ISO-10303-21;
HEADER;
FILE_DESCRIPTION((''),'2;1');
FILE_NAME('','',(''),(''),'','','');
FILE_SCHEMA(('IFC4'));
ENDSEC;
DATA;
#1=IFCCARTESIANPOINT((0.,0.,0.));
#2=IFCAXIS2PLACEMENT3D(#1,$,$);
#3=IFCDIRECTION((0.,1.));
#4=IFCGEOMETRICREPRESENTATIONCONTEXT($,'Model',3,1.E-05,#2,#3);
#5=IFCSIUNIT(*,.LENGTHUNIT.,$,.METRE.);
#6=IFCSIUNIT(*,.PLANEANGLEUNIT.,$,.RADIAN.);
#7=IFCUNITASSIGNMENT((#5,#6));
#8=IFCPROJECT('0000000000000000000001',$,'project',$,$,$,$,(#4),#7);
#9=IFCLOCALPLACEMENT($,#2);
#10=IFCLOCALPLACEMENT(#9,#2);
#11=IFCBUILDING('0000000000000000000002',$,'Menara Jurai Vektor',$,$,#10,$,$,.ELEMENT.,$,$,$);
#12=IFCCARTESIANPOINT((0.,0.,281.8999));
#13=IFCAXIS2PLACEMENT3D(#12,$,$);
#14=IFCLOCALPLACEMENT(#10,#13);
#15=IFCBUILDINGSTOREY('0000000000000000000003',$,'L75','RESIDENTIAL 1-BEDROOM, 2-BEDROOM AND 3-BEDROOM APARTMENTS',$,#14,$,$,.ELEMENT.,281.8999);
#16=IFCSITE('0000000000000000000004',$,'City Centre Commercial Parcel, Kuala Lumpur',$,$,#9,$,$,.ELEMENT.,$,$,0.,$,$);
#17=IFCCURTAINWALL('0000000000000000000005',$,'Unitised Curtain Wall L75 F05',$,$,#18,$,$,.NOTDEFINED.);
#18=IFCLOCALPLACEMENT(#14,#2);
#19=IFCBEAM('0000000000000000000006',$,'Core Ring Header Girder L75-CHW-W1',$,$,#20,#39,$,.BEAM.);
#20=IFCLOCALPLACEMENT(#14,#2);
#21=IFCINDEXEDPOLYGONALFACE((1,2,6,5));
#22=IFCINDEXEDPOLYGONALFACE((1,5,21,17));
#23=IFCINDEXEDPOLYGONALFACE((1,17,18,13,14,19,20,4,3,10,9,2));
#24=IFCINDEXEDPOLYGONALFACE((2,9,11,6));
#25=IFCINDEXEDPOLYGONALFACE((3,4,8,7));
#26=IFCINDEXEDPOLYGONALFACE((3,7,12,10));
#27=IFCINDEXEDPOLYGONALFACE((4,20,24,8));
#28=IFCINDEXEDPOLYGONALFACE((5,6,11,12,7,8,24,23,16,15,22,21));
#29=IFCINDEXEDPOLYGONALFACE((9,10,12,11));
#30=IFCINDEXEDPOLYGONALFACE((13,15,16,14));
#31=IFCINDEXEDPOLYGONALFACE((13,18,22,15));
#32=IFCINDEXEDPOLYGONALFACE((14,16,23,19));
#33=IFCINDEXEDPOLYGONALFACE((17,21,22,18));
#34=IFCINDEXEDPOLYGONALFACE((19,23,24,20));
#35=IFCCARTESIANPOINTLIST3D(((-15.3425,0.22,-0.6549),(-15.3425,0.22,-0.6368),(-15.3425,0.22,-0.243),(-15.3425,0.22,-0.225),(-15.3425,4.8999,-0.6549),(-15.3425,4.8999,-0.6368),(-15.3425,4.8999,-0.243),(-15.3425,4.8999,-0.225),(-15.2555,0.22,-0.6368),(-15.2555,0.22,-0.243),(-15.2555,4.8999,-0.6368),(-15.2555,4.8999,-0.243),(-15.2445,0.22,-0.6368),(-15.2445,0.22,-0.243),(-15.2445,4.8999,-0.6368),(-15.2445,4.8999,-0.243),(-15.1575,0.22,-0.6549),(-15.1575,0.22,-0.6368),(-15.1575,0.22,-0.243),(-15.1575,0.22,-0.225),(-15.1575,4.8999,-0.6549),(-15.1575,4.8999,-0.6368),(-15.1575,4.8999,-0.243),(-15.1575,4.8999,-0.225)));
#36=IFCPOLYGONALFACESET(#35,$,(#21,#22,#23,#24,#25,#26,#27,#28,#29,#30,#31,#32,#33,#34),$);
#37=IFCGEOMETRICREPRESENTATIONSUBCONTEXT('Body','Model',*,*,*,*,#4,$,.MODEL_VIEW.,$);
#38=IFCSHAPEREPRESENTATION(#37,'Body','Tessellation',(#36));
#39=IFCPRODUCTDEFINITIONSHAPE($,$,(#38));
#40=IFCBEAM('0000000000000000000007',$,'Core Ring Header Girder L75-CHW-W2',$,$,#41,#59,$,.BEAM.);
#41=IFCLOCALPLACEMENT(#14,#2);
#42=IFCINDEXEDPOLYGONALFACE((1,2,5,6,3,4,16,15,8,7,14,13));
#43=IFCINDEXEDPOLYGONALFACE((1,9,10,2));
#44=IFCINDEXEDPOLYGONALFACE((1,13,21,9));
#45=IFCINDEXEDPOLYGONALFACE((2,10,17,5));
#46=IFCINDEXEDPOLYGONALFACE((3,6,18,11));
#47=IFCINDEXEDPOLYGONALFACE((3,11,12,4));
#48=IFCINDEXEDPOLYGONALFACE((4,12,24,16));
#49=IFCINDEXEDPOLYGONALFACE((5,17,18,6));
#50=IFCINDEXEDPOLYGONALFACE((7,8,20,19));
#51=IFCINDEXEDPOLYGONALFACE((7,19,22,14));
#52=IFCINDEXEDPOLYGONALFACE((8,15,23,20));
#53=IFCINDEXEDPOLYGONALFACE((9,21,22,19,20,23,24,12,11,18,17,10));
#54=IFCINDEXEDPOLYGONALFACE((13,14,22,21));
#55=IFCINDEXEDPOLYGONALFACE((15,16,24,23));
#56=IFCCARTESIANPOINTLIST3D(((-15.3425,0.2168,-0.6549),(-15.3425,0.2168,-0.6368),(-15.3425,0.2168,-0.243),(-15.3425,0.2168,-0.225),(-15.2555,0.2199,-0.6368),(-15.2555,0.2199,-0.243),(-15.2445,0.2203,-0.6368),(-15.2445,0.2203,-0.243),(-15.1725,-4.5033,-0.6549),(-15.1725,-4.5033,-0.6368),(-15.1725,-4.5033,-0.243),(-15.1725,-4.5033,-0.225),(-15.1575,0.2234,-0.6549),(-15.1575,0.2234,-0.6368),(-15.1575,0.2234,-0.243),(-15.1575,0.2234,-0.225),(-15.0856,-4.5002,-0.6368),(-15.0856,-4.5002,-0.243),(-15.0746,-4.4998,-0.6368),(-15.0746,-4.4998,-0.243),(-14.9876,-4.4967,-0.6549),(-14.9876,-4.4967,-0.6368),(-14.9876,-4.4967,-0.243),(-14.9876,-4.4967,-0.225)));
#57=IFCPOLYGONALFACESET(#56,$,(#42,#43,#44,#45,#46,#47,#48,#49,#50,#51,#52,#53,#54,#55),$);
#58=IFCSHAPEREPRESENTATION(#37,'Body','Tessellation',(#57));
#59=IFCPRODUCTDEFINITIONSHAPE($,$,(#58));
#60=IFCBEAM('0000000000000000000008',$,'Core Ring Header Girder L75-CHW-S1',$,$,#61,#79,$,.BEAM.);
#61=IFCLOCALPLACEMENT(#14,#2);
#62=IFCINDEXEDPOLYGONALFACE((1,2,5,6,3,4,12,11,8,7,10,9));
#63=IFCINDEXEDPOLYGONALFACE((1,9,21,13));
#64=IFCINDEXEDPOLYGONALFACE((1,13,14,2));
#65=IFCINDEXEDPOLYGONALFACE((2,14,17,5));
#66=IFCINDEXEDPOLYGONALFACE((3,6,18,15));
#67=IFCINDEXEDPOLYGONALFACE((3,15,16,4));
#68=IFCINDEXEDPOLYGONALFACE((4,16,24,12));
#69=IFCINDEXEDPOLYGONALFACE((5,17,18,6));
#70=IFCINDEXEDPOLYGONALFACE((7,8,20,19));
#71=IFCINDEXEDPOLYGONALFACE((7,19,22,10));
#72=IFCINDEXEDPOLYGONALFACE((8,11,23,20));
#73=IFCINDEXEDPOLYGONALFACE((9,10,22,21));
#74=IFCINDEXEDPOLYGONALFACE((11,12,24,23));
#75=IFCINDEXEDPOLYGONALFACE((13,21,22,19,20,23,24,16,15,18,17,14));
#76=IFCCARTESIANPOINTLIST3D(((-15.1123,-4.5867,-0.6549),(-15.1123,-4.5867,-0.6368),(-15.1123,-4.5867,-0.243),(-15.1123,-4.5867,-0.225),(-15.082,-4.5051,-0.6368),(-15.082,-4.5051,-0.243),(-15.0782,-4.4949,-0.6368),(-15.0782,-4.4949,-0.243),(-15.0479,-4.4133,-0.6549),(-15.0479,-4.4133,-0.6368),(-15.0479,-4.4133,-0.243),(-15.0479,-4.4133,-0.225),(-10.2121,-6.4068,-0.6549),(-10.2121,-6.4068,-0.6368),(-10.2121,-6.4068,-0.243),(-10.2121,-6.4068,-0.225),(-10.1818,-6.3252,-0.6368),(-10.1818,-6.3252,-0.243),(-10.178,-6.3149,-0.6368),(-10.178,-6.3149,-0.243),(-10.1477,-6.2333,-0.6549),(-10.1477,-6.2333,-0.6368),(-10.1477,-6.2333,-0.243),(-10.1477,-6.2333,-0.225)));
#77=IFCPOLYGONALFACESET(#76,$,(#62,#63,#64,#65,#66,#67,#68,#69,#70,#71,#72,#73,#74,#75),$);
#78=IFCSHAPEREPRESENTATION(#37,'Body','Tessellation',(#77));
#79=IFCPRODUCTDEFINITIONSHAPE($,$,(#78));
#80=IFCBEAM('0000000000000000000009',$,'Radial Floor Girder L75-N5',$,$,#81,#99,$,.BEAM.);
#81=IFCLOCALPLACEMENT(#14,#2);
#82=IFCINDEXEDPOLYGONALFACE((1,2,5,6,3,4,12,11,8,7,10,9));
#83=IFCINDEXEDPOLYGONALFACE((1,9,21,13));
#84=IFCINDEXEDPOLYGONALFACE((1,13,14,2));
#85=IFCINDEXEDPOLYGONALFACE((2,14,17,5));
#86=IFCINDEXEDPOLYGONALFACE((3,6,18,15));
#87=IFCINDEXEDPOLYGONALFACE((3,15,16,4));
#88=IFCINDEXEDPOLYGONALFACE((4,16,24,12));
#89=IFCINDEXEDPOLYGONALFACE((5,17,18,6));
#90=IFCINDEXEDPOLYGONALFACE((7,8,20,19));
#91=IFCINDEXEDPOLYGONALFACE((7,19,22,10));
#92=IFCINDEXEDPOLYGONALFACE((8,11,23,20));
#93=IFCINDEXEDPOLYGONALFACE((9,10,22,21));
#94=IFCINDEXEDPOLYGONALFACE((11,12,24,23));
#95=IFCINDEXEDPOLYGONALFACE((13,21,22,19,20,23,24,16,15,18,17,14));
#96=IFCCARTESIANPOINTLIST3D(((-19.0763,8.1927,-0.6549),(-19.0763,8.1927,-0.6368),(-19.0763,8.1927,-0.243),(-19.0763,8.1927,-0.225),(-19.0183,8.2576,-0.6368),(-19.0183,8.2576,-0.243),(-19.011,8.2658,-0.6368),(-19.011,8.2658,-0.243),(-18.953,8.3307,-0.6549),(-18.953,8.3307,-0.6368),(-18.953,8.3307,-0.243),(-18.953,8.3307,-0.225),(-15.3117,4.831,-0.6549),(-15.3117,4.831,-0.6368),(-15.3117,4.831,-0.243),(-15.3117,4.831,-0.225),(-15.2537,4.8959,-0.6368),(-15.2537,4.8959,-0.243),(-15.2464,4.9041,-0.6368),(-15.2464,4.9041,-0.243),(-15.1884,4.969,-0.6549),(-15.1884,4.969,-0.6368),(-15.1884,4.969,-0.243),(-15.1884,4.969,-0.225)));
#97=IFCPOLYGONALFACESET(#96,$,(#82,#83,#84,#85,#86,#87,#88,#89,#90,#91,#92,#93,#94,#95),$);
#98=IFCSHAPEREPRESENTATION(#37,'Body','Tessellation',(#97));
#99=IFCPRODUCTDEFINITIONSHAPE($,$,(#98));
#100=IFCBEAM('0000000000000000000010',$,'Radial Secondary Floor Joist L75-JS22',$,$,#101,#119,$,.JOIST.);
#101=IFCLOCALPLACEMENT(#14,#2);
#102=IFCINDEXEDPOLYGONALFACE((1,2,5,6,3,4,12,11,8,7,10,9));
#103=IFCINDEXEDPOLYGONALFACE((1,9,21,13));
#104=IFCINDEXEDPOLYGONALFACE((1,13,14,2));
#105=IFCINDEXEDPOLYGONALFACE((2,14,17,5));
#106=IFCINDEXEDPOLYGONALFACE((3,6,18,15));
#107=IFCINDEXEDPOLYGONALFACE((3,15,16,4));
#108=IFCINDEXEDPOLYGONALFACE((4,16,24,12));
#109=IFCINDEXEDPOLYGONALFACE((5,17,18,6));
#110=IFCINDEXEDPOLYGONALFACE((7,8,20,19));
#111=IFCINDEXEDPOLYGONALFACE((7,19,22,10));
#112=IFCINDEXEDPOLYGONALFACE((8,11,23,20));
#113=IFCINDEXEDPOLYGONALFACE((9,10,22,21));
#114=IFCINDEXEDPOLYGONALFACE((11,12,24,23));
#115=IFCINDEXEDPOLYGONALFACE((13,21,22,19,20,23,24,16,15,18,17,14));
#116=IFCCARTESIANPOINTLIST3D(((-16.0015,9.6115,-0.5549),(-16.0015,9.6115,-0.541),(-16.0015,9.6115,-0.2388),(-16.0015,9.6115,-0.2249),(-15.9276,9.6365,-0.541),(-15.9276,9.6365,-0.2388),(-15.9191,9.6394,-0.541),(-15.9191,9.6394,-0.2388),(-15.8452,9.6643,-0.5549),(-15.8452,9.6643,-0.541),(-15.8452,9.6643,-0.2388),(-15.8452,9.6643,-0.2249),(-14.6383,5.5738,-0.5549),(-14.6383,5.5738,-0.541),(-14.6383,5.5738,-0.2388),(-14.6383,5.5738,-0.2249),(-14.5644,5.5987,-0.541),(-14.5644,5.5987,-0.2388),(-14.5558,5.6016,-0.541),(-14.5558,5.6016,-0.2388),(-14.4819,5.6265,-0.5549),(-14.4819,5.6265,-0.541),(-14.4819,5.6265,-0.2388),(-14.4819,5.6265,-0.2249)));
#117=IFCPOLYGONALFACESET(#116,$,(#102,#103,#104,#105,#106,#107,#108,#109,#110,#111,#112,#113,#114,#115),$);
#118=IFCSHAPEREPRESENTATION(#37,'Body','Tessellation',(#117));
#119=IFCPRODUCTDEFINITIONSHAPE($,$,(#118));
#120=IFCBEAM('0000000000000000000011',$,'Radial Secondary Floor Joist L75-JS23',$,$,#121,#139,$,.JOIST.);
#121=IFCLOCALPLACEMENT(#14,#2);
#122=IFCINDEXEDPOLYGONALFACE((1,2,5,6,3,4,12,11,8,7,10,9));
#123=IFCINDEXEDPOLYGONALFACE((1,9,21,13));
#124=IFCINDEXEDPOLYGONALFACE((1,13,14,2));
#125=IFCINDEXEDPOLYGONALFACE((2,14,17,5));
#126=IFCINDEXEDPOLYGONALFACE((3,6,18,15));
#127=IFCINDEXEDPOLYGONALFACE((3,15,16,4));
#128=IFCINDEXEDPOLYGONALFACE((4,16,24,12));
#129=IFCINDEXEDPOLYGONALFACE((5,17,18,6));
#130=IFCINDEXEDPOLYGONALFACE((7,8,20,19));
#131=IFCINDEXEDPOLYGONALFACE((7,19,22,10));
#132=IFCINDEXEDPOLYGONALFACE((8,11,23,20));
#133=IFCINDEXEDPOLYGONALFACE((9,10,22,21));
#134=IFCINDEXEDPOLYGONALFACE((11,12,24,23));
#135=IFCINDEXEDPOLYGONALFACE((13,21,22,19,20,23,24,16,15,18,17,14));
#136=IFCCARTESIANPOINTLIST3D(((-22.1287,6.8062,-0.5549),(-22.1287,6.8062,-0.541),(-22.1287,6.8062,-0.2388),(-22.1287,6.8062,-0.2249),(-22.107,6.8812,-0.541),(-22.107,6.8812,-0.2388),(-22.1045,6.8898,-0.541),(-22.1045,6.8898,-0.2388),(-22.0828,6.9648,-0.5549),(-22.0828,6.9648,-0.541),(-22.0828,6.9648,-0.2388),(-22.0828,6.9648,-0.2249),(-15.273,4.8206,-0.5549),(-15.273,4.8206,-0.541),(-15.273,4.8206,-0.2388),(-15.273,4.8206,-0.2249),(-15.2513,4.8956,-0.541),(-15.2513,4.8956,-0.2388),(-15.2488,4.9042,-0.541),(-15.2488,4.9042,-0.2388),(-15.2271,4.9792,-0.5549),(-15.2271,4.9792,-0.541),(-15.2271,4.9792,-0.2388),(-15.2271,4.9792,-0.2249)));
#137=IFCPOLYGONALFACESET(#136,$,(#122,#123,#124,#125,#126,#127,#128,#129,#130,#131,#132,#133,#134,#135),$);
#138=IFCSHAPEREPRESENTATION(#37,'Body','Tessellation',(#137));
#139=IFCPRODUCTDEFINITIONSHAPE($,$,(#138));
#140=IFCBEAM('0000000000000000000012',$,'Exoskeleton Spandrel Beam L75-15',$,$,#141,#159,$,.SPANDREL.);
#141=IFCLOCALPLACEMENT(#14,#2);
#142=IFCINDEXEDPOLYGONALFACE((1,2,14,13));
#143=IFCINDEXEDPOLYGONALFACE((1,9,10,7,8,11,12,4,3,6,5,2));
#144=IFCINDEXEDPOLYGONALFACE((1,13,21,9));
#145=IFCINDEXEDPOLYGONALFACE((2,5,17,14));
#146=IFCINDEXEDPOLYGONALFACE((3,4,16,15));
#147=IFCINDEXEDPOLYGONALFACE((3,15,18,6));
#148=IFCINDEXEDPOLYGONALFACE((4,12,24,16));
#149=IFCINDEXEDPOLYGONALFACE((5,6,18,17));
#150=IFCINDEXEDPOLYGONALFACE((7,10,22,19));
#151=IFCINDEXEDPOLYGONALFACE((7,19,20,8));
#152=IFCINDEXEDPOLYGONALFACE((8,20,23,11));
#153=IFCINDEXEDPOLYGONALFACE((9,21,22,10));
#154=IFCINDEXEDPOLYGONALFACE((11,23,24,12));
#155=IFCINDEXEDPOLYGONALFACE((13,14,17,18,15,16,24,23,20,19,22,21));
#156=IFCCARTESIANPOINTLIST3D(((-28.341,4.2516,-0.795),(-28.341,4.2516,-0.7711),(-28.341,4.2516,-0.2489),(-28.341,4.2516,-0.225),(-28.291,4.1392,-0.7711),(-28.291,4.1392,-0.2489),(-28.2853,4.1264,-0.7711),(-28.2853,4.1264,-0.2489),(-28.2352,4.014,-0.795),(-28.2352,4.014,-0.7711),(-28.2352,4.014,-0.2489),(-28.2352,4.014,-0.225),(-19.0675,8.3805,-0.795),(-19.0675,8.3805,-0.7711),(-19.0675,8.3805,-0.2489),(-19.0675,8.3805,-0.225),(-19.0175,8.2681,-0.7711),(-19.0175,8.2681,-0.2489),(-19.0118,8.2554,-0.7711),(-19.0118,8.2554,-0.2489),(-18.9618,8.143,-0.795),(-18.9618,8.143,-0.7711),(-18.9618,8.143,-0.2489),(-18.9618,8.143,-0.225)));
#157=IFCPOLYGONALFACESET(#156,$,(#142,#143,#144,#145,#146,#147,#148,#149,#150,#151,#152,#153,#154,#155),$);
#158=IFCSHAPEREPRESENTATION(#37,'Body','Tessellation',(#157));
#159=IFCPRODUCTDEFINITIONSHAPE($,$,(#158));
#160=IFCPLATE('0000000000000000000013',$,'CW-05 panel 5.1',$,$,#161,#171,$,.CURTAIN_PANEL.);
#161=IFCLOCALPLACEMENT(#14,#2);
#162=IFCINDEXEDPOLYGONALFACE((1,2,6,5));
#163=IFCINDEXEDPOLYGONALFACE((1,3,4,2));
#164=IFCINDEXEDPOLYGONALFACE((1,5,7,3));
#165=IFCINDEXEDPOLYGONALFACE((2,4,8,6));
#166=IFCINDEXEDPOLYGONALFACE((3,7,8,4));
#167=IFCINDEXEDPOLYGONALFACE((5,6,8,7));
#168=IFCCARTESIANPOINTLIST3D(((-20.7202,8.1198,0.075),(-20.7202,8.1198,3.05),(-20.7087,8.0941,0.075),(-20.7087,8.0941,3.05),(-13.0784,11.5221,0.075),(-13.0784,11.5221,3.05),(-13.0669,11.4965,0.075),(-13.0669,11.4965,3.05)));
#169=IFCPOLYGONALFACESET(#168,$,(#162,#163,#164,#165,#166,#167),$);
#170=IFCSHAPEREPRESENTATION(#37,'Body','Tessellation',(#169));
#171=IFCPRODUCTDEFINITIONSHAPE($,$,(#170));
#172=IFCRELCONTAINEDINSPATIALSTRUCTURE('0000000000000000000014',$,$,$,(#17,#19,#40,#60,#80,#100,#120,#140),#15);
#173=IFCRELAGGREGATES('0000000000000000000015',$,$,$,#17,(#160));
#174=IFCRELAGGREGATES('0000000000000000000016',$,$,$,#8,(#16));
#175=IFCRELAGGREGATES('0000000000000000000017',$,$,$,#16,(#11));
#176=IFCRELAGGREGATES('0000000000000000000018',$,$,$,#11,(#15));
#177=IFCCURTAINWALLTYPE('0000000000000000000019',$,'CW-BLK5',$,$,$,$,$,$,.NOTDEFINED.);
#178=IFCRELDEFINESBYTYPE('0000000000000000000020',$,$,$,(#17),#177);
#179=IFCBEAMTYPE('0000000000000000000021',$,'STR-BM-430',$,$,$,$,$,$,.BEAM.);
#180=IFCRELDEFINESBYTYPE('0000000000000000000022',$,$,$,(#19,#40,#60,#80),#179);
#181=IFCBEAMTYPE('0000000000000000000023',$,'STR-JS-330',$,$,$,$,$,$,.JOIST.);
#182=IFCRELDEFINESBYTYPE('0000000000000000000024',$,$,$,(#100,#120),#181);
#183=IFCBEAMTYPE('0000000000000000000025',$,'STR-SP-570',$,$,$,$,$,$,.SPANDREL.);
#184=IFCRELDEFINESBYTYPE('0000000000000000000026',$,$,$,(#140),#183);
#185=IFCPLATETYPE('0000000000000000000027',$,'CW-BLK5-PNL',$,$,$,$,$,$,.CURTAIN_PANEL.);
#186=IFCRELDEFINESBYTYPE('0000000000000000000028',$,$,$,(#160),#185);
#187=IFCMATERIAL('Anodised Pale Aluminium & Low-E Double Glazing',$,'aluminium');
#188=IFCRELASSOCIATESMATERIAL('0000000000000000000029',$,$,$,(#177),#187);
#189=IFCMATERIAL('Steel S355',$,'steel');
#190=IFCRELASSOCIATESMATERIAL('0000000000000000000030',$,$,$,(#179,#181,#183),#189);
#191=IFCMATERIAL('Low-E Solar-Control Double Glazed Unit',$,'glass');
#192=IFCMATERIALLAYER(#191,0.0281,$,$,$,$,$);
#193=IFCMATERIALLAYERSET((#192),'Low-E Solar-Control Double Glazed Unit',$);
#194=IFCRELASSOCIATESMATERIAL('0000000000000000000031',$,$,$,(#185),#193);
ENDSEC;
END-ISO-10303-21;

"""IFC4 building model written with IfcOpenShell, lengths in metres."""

from ifc_helpers import new_model, si_unit, direction, frame, origin, origin_2d, place, context, subcontext, project, spatial, rectangle, i_section, extrude, material, layer, layer_set, material_profile, profile_set, type_object, element, aggregate, save


model = new_model("IFC4")

# Units and contexts
model_context = context("Model", 3, precision=1e-05, world=origin(), true_north=direction((0.0, 1.0)))
body_context = subcontext(model_context, "Body", "Model", "MODEL_VIEW")
ifc_project = project(units=[si_unit("LENGTHUNIT", "METRE"), si_unit("PLANEANGLEUNIT", "RADIAN")], contexts=[model_context])

# Site, building, storey
site_placement = place(None, origin())
site = spatial("IfcSite", under=ifc_project, at=site_placement, Name="City Centre Commercial Parcel, Kuala Lumpur", CompositionType="ELEMENT", RefElevation=0.0)
building_placement = place(site_placement, origin())
building = spatial("IfcBuilding", under=site, at=building_placement, Name="Menara Jurai Vektor", CompositionType="ELEMENT")
storey_placement = place(building_placement, frame((0.0, 0.0, 281.8999)))
storey = spatial("IfcBuildingStorey", under=building, at=storey_placement, Name="L75", Description="RESIDENTIAL 1-BEDROOM, 2-BEDROOM AND 3-BEDROOM APARTMENTS", CompositionType="ELEMENT", Elevation=281.8999)

# Curtain wall
ifc_material_1 = material(Name="Anodised Pale Aluminium & Low-E Double Glazing", Category="aluminium")
curtain_wall_type = type_object("IfcCurtainWallType", Name="CW-BLK5", PredefinedType="NOTDEFINED", material=ifc_material_1)
curtain_wall_placement = place(storey_placement, origin())
curtain_wall = element("IfcCurtainWall", 1, at=curtain_wall_placement, inside=storey, type_object=curtain_wall_type, Name="Unitised Curtain Wall L75 F05", PredefinedType="NOTDEFINED")

# Beams
ifc_material_2 = material(Name="Steel S355", Category="steel")
ifc_material_profile_1 = material_profile(ifc_material_2, i_section(OverallWidth=0.1851, OverallDepth=0.4299, WebThickness=0.011, FlangeThickness=0.0181, at=origin_2d()), Name="PG 430x185x76")
ifc_profile_set_1 = profile_set([ifc_material_profile_1], Name="Steel S355")
beam_type_1 = type_object("IfcBeamType", Name="STR-BM-430", PredefinedType="BEAM", material=ifc_profile_set_1)
beam_1_placement = place(storey_placement, frame((-15.25, 0.22, -0.4399), z_axis=(0.0, 1.0, 0.0), x_axis=(-1.0, 0.0, 0.0)))
element("IfcBeam", 2, at=beam_1_placement, inside=storey, type_object=beam_type_1, Name="Core Ring Header Girder L75-CHW-W1", PredefinedType="BEAM", context=body_context, shape_type="SweptSolid", body=[
    extrude(i_section(OverallWidth=0.1851, OverallDepth=0.4299, WebThickness=0.011, FlangeThickness=0.0181, at=origin_2d()), origin(), (0.0, 0.0, 1.0), 4.6799),
])
beam_2_placement = place(storey_placement, frame((-15.0801, -4.5, -0.4399), z_axis=(-0.035977, 0.999353, 0.0), x_axis=(-0.999353, -0.035977, 0.0)))
element("IfcBeam", 3, at=beam_2_placement, inside=storey, type_object=beam_type_1, Name="Core Ring Header Girder L75-CHW-W2", PredefinedType="BEAM", context=body_context, shape_type="SweptSolid", body=[
    extrude(i_section(OverallWidth=0.1851, OverallDepth=0.4299, WebThickness=0.011, FlangeThickness=0.0181, at=origin_2d()), origin(), (0.0, 0.0, 1.0), 4.7231),
])
beam_3_placement = place(storey_placement, frame((-15.0801, -4.5, -0.4399), z_axis=(0.937424, -0.348189, 0.0), x_axis=(0.348189, 0.937424, 0.0)))
element("IfcBeam", 4, at=beam_3_placement, inside=storey, type_object=beam_type_1, Name="Core Ring Header Girder L75-CHW-S1", PredefinedType="BEAM", context=body_context, shape_type="SweptSolid", body=[
    extrude(i_section(OverallWidth=0.1851, OverallDepth=0.4299, WebThickness=0.011, FlangeThickness=0.0181, at=origin_2d()), origin(), (0.0, 0.0, 1.0), 5.2273),
])
beam_4_placement = place(storey_placement, frame((-19.0146, 8.2617, -0.4399), z_axis=(0.745886, -0.666073, 0.0), x_axis=(0.666073, 0.745886, 0.0)))
element("IfcBeam", 5, at=beam_4_placement, inside=storey, type_object=beam_type_1, Name="Radial Floor Girder L75-N5", PredefinedType="BEAM", context=body_context, shape_type="SweptSolid", body=[
    extrude(i_section(OverallWidth=0.1851, OverallDepth=0.4299, WebThickness=0.011, FlangeThickness=0.0181, at=origin_2d()), origin(), (0.0, 0.0, 1.0), 5.0471),
])
ifc_material_profile_2 = material_profile(ifc_material_2, i_section(OverallWidth=0.165, OverallDepth=0.3301, WebThickness=0.009, FlangeThickness=0.0139, at=origin_2d()), Name="PG 330x165x46")
ifc_profile_set_2 = profile_set([ifc_material_profile_2], Name="Steel S355")
beam_type_2 = type_object("IfcBeamType", Name="STR-JS-330", PredefinedType="JOIST", material=ifc_profile_set_2)
beam_5_placement = place(storey_placement, frame((-15.9233, 9.6379, -0.3899), z_axis=(0.319886, -0.947456, 0.0), x_axis=(0.947456, 0.319886, 0.0)))
element("IfcBeam", 6, at=beam_5_placement, inside=storey, type_object=beam_type_2, Name="Radial Secondary Floor Joist L75-JS22", PredefinedType="JOIST", context=body_context, shape_type="SweptSolid", body=[
    extrude(i_section(OverallWidth=0.165, OverallDepth=0.3301, WebThickness=0.009, FlangeThickness=0.0139, at=origin_2d()), origin(), (0.0, 0.0, 1.0), 4.2617),
])
beam_6_placement = place(storey_placement, frame((-22.1057, 6.8855, -0.3899), z_axis=(0.960525, -0.278193, 0.0), x_axis=(0.278193, 0.960525, 0.0)))
element("IfcBeam", 7, at=beam_6_placement, inside=storey, type_object=beam_type_2, Name="Radial Secondary Floor Joist L75-JS23", PredefinedType="JOIST", context=body_context, shape_type="SweptSolid", body=[
    extrude(i_section(OverallWidth=0.165, OverallDepth=0.3301, WebThickness=0.009, FlangeThickness=0.0139, at=origin_2d()), origin(), (0.0, 0.0, 1.0), 7.1375),
])
ifc_material_profile_3 = material_profile(ifc_material_2, i_section(OverallWidth=0.26, OverallDepth=0.5701, WebThickness=0.0139, FlangeThickness=0.0239, at=origin_2d()), Name="PG 570x260x145")
ifc_profile_set_3 = profile_set([ifc_material_profile_3], Name="Steel S355")
beam_type_3 = type_object("IfcBeamType", Name="STR-SP-570", PredefinedType="SPANDREL", material=ifc_profile_set_3)
beam_7_placement = place(storey_placement, frame((-19.0146, 8.2617, -0.51), z_axis=(-0.913542, -0.406745, 0.0), x_axis=(0.406745, -0.913542, 0.0)))
element("IfcBeam", 8, at=beam_7_placement, inside=storey, type_object=beam_type_3, Name="Exoskeleton Spandrel Beam L75-15", PredefinedType="SPANDREL", context=body_context, shape_type="SweptSolid", body=[
    extrude(i_section(OverallWidth=0.26, OverallDepth=0.5701, WebThickness=0.0139, FlangeThickness=0.0239, at=origin_2d()), origin(), (0.0, 0.0, 1.0), 10.1511),
])

# Plate
ifc_material_3 = material(Name="Low-E Solar-Control Double Glazed Unit", Category="glass")
ifc_layer_1 = layer(ifc_material_3, 0.0281)
ifc_layer_set_1 = layer_set([ifc_layer_1], Name="Low-E Solar-Control Double Glazed Unit")
plate_type = type_object("IfcPlateType", Name="CW-BLK5-PNL", PredefinedType="CURTAIN_PANEL", material=ifc_layer_set_1)
plate_placement = place(storey_placement, frame((-16.8936, 9.8081, 0.075), z_axis=(0.0, 0.0, 1.0), x_axis=(-0.913546, -0.406735, 0.0)))
plate = element("IfcPlate", 9, at=plate_placement, type_object=plate_type, Name="CW-05 panel 5.1", PredefinedType="CURTAIN_PANEL", context=body_context, shape_type="SweptSolid", body=[
    extrude(rectangle(XDim=8.365, YDim=0.0281, at=origin_2d()), origin(), (0.0, 0.0, 1.0), 2.9751),
])
aggregate(curtain_wall, [plate])

save(model, "model.ifc")
